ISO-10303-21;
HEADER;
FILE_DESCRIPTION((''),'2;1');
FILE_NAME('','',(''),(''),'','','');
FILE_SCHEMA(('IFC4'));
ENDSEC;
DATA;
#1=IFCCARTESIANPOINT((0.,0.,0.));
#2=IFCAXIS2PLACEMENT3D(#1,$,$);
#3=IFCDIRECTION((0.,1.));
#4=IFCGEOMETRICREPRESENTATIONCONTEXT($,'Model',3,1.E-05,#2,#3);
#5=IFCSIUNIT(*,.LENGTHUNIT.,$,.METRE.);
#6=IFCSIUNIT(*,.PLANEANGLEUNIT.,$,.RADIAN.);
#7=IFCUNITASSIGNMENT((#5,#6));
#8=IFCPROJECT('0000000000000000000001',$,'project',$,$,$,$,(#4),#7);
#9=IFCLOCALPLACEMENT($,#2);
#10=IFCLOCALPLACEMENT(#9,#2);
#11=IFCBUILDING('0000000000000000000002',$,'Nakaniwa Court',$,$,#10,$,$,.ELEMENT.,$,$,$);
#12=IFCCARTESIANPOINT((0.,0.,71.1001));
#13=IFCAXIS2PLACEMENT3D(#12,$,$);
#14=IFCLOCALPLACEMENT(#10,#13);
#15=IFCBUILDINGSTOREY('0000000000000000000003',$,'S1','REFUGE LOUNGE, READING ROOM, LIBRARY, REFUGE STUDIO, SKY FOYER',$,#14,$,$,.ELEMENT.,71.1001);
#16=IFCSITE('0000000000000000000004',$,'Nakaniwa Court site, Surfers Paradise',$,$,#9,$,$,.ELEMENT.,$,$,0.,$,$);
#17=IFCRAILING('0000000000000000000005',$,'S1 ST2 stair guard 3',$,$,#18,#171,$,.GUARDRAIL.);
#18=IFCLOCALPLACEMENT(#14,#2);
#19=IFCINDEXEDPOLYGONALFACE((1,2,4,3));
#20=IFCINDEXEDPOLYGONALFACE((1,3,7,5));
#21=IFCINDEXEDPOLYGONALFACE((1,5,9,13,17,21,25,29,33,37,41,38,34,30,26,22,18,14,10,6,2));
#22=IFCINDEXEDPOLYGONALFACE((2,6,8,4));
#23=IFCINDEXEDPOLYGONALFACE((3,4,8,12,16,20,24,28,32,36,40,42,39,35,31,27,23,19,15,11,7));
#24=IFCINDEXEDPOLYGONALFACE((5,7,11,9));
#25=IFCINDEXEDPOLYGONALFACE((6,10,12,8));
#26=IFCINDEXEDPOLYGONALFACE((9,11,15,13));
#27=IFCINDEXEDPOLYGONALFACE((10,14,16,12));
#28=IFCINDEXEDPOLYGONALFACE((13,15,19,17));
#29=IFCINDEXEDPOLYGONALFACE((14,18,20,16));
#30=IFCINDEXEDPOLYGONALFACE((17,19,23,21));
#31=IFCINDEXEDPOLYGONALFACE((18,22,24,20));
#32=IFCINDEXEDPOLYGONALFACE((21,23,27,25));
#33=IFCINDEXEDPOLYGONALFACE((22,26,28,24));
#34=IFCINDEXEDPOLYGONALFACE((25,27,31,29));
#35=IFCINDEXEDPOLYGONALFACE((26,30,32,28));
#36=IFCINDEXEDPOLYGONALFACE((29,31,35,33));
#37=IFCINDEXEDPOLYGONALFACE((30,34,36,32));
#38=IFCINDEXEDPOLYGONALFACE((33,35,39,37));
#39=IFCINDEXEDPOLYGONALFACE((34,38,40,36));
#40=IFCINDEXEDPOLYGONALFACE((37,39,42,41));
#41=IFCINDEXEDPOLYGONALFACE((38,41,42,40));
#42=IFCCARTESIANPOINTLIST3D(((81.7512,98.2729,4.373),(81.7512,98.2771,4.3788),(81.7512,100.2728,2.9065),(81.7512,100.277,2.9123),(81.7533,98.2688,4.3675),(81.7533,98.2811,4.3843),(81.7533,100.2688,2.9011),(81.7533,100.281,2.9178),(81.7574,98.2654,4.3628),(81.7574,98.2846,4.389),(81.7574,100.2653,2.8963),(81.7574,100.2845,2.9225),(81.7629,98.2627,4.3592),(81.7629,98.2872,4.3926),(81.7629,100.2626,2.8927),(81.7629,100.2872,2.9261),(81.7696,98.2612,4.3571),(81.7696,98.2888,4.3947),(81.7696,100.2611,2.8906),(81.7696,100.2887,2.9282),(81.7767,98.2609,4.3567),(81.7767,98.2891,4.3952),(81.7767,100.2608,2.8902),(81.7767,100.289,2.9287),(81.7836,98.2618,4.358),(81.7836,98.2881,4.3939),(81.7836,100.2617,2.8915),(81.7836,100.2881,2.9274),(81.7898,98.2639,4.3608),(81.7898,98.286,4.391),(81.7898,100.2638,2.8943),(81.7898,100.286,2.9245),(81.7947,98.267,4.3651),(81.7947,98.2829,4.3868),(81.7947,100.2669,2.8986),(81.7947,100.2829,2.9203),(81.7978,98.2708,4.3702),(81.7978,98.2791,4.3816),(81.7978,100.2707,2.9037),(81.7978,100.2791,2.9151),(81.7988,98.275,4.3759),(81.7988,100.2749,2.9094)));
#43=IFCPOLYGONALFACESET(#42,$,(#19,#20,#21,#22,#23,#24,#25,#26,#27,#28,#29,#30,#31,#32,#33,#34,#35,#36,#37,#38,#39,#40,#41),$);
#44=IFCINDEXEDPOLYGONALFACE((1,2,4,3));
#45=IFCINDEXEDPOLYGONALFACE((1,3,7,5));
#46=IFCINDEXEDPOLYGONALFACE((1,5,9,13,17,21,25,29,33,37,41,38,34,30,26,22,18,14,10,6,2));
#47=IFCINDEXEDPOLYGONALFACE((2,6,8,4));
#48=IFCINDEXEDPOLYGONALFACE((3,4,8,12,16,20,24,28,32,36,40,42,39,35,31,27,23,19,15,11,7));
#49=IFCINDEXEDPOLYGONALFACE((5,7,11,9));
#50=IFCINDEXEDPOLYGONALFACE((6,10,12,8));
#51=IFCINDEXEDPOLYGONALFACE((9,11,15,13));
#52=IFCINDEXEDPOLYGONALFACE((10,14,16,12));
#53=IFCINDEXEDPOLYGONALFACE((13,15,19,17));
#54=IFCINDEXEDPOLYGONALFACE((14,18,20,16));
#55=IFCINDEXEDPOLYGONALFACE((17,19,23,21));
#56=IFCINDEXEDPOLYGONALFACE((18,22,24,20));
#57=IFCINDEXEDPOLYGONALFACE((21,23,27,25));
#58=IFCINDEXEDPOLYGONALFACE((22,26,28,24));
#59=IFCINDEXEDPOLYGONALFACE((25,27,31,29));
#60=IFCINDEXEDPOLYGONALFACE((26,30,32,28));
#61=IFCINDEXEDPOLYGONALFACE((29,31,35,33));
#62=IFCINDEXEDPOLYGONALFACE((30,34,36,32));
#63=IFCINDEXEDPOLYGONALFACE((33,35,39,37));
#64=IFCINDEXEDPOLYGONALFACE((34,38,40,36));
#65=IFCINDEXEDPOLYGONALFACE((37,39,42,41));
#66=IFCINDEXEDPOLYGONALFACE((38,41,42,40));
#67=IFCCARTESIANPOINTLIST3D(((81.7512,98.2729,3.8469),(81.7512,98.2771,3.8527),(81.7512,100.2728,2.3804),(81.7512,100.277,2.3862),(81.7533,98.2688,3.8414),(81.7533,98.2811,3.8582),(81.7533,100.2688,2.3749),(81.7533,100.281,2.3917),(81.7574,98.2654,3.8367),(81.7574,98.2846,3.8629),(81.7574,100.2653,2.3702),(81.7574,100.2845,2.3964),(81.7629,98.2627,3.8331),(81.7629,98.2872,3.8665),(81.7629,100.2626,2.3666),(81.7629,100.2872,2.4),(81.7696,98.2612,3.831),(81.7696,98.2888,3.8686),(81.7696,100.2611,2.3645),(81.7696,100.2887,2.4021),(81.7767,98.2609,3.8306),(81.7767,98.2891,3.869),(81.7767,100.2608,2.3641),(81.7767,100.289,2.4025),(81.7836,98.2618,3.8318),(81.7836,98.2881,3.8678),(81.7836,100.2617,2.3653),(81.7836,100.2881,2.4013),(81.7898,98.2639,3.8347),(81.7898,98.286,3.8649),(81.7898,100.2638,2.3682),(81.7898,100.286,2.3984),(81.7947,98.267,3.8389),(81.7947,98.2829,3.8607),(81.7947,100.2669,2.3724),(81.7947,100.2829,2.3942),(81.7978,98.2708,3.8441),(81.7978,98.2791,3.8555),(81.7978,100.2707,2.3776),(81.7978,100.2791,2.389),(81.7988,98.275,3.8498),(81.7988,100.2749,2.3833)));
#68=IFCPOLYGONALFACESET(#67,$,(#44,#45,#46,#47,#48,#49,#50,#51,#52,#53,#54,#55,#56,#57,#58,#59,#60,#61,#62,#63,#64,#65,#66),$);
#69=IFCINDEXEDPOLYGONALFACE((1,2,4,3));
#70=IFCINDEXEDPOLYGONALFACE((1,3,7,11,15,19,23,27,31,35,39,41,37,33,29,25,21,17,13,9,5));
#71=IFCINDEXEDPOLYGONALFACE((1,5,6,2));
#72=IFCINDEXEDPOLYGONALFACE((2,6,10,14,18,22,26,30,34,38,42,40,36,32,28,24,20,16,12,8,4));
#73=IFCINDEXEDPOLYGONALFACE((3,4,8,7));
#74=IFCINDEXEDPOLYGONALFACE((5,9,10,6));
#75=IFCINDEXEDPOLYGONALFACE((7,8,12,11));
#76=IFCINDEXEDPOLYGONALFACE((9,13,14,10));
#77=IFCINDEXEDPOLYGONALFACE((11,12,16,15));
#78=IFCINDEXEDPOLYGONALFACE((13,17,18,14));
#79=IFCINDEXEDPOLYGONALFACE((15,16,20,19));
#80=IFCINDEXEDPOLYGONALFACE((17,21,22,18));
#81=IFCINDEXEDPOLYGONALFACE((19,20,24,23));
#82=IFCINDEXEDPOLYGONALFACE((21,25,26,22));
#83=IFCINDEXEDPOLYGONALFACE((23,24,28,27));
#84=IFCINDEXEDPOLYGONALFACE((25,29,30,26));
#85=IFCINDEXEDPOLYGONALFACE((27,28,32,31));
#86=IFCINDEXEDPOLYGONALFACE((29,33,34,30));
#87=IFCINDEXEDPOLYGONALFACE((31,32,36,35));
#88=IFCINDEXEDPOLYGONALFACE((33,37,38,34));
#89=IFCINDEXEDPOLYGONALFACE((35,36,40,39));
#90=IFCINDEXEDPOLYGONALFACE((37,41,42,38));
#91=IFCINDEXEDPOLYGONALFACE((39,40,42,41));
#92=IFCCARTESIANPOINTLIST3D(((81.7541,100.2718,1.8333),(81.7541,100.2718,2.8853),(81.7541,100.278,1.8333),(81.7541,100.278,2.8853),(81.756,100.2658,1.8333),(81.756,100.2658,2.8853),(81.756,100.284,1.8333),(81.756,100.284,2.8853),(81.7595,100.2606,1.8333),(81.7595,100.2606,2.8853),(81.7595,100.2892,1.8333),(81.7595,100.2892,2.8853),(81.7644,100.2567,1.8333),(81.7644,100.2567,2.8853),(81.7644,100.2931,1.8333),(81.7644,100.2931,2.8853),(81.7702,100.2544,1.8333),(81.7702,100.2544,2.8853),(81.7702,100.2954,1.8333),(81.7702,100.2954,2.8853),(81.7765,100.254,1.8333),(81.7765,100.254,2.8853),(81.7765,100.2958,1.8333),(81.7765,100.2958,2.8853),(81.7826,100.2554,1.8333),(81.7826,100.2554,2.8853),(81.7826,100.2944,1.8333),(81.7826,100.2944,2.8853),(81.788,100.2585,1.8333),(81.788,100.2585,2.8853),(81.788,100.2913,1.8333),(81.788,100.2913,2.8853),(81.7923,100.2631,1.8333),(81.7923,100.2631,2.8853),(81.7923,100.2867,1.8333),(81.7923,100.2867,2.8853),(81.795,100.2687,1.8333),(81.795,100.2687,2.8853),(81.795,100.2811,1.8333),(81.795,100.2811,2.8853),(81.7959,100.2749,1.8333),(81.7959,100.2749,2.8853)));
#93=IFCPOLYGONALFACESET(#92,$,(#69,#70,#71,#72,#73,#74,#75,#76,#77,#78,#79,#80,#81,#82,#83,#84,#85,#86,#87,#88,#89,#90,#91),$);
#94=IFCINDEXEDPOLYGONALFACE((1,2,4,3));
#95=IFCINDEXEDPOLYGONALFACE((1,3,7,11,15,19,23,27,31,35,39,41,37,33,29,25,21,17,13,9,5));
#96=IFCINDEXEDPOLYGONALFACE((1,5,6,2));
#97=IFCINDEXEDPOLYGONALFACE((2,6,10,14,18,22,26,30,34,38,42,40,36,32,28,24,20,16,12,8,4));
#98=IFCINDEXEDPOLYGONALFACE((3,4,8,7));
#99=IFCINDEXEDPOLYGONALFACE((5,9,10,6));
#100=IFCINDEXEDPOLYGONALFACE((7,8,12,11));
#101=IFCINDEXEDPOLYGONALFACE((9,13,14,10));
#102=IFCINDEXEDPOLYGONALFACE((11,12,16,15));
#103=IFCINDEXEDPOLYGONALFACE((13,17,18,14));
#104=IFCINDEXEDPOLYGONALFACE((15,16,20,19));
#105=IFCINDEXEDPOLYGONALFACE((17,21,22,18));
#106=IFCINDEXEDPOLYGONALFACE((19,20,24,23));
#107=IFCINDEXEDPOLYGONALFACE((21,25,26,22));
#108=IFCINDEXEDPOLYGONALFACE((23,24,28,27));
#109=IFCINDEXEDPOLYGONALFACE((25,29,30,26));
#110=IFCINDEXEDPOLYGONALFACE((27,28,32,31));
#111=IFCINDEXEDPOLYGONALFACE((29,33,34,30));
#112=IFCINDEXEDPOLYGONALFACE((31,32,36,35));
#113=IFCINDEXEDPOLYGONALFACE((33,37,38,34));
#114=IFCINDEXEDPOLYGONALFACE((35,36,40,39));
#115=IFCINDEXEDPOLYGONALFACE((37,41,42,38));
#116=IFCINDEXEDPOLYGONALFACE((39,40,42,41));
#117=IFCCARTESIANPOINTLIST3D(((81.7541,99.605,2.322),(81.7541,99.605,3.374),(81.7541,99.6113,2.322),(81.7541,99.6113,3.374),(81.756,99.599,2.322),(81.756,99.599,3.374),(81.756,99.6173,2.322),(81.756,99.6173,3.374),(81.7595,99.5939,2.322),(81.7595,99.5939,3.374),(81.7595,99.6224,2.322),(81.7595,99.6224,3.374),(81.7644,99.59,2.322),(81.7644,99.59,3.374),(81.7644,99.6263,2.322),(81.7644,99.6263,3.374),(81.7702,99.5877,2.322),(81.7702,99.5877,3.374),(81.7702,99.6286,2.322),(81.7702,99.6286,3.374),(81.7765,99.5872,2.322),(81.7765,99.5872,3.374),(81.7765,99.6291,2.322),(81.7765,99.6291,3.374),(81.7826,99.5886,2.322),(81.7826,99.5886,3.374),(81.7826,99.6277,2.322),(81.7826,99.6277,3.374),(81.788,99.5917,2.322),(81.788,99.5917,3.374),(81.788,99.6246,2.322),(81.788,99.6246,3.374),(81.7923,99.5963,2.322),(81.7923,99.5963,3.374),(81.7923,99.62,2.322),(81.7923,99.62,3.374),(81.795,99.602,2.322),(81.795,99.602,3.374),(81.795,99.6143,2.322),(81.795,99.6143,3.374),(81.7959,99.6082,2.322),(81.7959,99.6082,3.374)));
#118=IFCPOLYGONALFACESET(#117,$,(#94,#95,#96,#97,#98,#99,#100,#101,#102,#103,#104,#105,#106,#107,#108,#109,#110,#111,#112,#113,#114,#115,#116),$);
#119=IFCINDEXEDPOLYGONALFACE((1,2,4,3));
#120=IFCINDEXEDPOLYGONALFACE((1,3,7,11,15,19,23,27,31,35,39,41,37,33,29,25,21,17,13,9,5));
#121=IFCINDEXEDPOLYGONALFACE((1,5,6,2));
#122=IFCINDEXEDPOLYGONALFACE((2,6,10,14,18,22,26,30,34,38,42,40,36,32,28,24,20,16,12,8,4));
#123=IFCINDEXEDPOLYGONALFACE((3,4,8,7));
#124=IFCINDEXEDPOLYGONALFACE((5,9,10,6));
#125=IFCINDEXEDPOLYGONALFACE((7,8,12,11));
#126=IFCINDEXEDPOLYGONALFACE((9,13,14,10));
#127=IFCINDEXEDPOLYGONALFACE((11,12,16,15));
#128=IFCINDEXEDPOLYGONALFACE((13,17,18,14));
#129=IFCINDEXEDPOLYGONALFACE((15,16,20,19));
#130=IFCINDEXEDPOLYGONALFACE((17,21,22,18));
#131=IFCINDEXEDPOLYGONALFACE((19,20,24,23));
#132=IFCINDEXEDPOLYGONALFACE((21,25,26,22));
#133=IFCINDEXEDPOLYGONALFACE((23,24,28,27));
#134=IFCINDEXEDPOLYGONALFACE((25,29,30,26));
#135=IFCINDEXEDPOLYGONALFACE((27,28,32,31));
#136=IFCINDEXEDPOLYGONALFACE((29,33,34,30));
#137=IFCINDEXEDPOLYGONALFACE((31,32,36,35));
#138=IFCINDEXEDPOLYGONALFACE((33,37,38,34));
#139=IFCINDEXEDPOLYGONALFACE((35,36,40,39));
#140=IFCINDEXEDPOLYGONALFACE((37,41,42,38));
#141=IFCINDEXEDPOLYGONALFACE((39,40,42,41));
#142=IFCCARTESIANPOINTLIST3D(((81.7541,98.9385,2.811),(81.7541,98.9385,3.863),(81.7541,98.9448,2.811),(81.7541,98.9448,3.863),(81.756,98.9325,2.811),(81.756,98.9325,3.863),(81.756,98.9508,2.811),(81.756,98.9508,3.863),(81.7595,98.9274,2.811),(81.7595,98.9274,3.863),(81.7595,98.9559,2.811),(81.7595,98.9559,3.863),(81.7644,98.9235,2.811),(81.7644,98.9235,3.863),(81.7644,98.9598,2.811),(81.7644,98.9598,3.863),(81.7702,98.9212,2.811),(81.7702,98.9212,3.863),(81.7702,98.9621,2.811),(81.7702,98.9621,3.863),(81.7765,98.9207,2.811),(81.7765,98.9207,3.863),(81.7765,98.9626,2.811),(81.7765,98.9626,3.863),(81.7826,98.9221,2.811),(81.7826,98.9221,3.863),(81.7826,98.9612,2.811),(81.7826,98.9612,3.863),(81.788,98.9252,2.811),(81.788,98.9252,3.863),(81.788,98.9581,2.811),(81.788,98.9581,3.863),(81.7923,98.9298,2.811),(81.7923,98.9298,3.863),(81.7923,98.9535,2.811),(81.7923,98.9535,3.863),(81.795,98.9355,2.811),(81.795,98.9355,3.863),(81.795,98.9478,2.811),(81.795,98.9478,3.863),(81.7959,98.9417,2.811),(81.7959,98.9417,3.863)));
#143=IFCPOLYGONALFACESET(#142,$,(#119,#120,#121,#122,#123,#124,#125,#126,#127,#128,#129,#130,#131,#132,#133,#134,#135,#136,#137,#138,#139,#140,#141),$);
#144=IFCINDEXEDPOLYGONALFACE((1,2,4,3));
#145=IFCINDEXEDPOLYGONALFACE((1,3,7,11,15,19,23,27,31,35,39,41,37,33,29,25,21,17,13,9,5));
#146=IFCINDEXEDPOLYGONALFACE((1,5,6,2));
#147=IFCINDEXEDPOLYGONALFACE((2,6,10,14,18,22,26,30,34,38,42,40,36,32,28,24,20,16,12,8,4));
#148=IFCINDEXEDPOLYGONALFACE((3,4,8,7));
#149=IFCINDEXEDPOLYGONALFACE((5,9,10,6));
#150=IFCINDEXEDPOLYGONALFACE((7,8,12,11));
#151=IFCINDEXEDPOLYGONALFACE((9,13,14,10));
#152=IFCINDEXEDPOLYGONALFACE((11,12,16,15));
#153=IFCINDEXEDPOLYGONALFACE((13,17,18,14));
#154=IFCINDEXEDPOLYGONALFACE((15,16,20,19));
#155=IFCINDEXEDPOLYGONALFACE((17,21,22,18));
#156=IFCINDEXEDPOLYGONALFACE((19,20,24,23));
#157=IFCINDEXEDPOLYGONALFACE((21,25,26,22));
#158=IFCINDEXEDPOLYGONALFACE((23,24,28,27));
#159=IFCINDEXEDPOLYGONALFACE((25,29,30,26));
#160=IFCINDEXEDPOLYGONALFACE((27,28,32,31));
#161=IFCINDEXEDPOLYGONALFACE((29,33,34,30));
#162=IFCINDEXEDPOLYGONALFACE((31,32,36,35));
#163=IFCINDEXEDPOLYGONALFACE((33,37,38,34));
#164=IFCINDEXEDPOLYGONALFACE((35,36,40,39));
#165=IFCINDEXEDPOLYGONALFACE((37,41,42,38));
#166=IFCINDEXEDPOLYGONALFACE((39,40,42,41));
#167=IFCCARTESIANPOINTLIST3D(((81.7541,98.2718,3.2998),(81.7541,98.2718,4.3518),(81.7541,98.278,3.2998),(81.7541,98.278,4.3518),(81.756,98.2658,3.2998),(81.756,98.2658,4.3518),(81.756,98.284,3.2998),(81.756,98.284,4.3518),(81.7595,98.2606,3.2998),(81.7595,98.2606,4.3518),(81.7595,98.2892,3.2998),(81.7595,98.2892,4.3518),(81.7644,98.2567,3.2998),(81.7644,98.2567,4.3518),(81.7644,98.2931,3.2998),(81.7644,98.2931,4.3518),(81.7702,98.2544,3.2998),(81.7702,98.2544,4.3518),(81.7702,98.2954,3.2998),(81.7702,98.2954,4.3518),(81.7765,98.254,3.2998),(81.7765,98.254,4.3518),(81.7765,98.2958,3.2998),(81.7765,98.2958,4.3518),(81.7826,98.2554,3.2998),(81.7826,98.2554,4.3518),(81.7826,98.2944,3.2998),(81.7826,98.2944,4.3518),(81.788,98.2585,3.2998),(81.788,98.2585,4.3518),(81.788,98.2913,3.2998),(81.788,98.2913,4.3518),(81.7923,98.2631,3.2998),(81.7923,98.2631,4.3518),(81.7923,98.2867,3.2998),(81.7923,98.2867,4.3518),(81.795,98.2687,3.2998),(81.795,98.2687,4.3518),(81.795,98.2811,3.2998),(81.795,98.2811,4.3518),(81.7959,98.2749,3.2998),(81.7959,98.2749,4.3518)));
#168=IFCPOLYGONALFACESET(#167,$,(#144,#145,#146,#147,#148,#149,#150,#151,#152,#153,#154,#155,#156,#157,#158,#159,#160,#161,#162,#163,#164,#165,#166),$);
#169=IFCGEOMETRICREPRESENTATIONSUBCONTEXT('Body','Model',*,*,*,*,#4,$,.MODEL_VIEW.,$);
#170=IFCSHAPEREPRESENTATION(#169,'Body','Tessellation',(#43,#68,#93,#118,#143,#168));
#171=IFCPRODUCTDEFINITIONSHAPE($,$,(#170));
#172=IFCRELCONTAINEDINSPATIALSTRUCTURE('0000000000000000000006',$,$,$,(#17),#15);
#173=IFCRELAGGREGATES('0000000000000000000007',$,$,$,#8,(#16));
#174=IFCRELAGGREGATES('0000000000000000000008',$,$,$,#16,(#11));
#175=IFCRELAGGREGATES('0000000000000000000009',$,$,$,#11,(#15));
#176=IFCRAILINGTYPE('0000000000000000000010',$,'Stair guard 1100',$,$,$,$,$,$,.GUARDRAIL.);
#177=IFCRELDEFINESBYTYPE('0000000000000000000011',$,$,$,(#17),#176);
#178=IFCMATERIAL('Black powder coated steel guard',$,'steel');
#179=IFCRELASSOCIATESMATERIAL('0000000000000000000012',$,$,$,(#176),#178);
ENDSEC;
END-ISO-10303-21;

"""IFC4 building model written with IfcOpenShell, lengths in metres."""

from ifc_helpers import new_model, si_unit, direction, frame, origin, origin_2d, place, context, subcontext, project, spatial, circle, extrude, material, type_object, element, save


model = new_model("IFC4")

# Units and contexts
model_context = context("Model", 3, precision=1e-05, world=origin(), true_north=direction((0.0, 1.0)))
body_context = subcontext(model_context, "Body", "Model", "MODEL_VIEW")
ifc_project = project(units=[si_unit("LENGTHUNIT", "METRE"), si_unit("PLANEANGLEUNIT", "RADIAN")], contexts=[model_context])

# Site, building, storey
site_placement = place(None, origin())
site = spatial("IfcSite", under=ifc_project, at=site_placement, Name="Nakaniwa Court site, Surfers Paradise", CompositionType="ELEMENT", RefElevation=0.0)
building_placement = place(site_placement, origin())
building = spatial("IfcBuilding", under=site, at=building_placement, Name="Nakaniwa Court", CompositionType="ELEMENT")
storey_placement = place(building_placement, frame((0.0, 0.0, 71.1001)))
storey = spatial("IfcBuildingStorey", under=building, at=storey_placement, Name="S1", Description="REFUGE LOUNGE, READING ROOM, LIBRARY, REFUGE STUDIO, SKY FOYER", CompositionType="ELEMENT", Elevation=71.1001)

# Railing
ifc_material_1 = material(Name="Black powder coated steel guard", Category="steel")
railing_type_1 = type_object("IfcRailingType", Name="Stair guard 1100", PredefinedType="GUARDRAIL", material=ifc_material_1)
railing_1_placement = place(storey_placement, frame((81.7749, 100.2749, 1.8333)))
element("IfcRailing", 1, at=railing_1_placement, inside=storey, type_object=railing_type_1, Name="S1 ST2 stair guard 3", PredefinedType="GUARDRAIL", context=body_context, shape_type="SweptSolid", body=[
    extrude(circle(Radius=0.0239, at=origin_2d()), frame((0.0, 0.0, 1.0762), z_axis=(0.0, -0.806427, 0.591334), x_axis=(1.0, 0.0, 0.0)), (0.0, 0.0, 1.0), 2.48),
    extrude(circle(Radius=0.0239, at=origin_2d()), frame((0.0, 0.0, 0.55), z_axis=(0.0, -0.806427, 0.591334), x_axis=(1.0, 0.0, 0.0)), (0.0, 0.0, 1.0), 2.48),
    extrude(circle(Radius=0.021, at=origin_2d()), origin(), (0.0, 0.0, 1.0), 1.052),
    extrude(circle(Radius=0.021, at=origin_2d()), frame((0.0, -0.6667, 0.4888)), (0.0, 0.0, 1.0), 1.052),
    extrude(circle(Radius=0.021, at=origin_2d()), frame((0.0, -1.3333, 0.9778)), (0.0, 0.0, 1.0), 1.052),
    extrude(circle(Radius=0.021, at=origin_2d()), frame((0.0, -2.0, 1.4666)), (0.0, 0.0, 1.0), 1.052),
])

save(model, "model.ifc")
